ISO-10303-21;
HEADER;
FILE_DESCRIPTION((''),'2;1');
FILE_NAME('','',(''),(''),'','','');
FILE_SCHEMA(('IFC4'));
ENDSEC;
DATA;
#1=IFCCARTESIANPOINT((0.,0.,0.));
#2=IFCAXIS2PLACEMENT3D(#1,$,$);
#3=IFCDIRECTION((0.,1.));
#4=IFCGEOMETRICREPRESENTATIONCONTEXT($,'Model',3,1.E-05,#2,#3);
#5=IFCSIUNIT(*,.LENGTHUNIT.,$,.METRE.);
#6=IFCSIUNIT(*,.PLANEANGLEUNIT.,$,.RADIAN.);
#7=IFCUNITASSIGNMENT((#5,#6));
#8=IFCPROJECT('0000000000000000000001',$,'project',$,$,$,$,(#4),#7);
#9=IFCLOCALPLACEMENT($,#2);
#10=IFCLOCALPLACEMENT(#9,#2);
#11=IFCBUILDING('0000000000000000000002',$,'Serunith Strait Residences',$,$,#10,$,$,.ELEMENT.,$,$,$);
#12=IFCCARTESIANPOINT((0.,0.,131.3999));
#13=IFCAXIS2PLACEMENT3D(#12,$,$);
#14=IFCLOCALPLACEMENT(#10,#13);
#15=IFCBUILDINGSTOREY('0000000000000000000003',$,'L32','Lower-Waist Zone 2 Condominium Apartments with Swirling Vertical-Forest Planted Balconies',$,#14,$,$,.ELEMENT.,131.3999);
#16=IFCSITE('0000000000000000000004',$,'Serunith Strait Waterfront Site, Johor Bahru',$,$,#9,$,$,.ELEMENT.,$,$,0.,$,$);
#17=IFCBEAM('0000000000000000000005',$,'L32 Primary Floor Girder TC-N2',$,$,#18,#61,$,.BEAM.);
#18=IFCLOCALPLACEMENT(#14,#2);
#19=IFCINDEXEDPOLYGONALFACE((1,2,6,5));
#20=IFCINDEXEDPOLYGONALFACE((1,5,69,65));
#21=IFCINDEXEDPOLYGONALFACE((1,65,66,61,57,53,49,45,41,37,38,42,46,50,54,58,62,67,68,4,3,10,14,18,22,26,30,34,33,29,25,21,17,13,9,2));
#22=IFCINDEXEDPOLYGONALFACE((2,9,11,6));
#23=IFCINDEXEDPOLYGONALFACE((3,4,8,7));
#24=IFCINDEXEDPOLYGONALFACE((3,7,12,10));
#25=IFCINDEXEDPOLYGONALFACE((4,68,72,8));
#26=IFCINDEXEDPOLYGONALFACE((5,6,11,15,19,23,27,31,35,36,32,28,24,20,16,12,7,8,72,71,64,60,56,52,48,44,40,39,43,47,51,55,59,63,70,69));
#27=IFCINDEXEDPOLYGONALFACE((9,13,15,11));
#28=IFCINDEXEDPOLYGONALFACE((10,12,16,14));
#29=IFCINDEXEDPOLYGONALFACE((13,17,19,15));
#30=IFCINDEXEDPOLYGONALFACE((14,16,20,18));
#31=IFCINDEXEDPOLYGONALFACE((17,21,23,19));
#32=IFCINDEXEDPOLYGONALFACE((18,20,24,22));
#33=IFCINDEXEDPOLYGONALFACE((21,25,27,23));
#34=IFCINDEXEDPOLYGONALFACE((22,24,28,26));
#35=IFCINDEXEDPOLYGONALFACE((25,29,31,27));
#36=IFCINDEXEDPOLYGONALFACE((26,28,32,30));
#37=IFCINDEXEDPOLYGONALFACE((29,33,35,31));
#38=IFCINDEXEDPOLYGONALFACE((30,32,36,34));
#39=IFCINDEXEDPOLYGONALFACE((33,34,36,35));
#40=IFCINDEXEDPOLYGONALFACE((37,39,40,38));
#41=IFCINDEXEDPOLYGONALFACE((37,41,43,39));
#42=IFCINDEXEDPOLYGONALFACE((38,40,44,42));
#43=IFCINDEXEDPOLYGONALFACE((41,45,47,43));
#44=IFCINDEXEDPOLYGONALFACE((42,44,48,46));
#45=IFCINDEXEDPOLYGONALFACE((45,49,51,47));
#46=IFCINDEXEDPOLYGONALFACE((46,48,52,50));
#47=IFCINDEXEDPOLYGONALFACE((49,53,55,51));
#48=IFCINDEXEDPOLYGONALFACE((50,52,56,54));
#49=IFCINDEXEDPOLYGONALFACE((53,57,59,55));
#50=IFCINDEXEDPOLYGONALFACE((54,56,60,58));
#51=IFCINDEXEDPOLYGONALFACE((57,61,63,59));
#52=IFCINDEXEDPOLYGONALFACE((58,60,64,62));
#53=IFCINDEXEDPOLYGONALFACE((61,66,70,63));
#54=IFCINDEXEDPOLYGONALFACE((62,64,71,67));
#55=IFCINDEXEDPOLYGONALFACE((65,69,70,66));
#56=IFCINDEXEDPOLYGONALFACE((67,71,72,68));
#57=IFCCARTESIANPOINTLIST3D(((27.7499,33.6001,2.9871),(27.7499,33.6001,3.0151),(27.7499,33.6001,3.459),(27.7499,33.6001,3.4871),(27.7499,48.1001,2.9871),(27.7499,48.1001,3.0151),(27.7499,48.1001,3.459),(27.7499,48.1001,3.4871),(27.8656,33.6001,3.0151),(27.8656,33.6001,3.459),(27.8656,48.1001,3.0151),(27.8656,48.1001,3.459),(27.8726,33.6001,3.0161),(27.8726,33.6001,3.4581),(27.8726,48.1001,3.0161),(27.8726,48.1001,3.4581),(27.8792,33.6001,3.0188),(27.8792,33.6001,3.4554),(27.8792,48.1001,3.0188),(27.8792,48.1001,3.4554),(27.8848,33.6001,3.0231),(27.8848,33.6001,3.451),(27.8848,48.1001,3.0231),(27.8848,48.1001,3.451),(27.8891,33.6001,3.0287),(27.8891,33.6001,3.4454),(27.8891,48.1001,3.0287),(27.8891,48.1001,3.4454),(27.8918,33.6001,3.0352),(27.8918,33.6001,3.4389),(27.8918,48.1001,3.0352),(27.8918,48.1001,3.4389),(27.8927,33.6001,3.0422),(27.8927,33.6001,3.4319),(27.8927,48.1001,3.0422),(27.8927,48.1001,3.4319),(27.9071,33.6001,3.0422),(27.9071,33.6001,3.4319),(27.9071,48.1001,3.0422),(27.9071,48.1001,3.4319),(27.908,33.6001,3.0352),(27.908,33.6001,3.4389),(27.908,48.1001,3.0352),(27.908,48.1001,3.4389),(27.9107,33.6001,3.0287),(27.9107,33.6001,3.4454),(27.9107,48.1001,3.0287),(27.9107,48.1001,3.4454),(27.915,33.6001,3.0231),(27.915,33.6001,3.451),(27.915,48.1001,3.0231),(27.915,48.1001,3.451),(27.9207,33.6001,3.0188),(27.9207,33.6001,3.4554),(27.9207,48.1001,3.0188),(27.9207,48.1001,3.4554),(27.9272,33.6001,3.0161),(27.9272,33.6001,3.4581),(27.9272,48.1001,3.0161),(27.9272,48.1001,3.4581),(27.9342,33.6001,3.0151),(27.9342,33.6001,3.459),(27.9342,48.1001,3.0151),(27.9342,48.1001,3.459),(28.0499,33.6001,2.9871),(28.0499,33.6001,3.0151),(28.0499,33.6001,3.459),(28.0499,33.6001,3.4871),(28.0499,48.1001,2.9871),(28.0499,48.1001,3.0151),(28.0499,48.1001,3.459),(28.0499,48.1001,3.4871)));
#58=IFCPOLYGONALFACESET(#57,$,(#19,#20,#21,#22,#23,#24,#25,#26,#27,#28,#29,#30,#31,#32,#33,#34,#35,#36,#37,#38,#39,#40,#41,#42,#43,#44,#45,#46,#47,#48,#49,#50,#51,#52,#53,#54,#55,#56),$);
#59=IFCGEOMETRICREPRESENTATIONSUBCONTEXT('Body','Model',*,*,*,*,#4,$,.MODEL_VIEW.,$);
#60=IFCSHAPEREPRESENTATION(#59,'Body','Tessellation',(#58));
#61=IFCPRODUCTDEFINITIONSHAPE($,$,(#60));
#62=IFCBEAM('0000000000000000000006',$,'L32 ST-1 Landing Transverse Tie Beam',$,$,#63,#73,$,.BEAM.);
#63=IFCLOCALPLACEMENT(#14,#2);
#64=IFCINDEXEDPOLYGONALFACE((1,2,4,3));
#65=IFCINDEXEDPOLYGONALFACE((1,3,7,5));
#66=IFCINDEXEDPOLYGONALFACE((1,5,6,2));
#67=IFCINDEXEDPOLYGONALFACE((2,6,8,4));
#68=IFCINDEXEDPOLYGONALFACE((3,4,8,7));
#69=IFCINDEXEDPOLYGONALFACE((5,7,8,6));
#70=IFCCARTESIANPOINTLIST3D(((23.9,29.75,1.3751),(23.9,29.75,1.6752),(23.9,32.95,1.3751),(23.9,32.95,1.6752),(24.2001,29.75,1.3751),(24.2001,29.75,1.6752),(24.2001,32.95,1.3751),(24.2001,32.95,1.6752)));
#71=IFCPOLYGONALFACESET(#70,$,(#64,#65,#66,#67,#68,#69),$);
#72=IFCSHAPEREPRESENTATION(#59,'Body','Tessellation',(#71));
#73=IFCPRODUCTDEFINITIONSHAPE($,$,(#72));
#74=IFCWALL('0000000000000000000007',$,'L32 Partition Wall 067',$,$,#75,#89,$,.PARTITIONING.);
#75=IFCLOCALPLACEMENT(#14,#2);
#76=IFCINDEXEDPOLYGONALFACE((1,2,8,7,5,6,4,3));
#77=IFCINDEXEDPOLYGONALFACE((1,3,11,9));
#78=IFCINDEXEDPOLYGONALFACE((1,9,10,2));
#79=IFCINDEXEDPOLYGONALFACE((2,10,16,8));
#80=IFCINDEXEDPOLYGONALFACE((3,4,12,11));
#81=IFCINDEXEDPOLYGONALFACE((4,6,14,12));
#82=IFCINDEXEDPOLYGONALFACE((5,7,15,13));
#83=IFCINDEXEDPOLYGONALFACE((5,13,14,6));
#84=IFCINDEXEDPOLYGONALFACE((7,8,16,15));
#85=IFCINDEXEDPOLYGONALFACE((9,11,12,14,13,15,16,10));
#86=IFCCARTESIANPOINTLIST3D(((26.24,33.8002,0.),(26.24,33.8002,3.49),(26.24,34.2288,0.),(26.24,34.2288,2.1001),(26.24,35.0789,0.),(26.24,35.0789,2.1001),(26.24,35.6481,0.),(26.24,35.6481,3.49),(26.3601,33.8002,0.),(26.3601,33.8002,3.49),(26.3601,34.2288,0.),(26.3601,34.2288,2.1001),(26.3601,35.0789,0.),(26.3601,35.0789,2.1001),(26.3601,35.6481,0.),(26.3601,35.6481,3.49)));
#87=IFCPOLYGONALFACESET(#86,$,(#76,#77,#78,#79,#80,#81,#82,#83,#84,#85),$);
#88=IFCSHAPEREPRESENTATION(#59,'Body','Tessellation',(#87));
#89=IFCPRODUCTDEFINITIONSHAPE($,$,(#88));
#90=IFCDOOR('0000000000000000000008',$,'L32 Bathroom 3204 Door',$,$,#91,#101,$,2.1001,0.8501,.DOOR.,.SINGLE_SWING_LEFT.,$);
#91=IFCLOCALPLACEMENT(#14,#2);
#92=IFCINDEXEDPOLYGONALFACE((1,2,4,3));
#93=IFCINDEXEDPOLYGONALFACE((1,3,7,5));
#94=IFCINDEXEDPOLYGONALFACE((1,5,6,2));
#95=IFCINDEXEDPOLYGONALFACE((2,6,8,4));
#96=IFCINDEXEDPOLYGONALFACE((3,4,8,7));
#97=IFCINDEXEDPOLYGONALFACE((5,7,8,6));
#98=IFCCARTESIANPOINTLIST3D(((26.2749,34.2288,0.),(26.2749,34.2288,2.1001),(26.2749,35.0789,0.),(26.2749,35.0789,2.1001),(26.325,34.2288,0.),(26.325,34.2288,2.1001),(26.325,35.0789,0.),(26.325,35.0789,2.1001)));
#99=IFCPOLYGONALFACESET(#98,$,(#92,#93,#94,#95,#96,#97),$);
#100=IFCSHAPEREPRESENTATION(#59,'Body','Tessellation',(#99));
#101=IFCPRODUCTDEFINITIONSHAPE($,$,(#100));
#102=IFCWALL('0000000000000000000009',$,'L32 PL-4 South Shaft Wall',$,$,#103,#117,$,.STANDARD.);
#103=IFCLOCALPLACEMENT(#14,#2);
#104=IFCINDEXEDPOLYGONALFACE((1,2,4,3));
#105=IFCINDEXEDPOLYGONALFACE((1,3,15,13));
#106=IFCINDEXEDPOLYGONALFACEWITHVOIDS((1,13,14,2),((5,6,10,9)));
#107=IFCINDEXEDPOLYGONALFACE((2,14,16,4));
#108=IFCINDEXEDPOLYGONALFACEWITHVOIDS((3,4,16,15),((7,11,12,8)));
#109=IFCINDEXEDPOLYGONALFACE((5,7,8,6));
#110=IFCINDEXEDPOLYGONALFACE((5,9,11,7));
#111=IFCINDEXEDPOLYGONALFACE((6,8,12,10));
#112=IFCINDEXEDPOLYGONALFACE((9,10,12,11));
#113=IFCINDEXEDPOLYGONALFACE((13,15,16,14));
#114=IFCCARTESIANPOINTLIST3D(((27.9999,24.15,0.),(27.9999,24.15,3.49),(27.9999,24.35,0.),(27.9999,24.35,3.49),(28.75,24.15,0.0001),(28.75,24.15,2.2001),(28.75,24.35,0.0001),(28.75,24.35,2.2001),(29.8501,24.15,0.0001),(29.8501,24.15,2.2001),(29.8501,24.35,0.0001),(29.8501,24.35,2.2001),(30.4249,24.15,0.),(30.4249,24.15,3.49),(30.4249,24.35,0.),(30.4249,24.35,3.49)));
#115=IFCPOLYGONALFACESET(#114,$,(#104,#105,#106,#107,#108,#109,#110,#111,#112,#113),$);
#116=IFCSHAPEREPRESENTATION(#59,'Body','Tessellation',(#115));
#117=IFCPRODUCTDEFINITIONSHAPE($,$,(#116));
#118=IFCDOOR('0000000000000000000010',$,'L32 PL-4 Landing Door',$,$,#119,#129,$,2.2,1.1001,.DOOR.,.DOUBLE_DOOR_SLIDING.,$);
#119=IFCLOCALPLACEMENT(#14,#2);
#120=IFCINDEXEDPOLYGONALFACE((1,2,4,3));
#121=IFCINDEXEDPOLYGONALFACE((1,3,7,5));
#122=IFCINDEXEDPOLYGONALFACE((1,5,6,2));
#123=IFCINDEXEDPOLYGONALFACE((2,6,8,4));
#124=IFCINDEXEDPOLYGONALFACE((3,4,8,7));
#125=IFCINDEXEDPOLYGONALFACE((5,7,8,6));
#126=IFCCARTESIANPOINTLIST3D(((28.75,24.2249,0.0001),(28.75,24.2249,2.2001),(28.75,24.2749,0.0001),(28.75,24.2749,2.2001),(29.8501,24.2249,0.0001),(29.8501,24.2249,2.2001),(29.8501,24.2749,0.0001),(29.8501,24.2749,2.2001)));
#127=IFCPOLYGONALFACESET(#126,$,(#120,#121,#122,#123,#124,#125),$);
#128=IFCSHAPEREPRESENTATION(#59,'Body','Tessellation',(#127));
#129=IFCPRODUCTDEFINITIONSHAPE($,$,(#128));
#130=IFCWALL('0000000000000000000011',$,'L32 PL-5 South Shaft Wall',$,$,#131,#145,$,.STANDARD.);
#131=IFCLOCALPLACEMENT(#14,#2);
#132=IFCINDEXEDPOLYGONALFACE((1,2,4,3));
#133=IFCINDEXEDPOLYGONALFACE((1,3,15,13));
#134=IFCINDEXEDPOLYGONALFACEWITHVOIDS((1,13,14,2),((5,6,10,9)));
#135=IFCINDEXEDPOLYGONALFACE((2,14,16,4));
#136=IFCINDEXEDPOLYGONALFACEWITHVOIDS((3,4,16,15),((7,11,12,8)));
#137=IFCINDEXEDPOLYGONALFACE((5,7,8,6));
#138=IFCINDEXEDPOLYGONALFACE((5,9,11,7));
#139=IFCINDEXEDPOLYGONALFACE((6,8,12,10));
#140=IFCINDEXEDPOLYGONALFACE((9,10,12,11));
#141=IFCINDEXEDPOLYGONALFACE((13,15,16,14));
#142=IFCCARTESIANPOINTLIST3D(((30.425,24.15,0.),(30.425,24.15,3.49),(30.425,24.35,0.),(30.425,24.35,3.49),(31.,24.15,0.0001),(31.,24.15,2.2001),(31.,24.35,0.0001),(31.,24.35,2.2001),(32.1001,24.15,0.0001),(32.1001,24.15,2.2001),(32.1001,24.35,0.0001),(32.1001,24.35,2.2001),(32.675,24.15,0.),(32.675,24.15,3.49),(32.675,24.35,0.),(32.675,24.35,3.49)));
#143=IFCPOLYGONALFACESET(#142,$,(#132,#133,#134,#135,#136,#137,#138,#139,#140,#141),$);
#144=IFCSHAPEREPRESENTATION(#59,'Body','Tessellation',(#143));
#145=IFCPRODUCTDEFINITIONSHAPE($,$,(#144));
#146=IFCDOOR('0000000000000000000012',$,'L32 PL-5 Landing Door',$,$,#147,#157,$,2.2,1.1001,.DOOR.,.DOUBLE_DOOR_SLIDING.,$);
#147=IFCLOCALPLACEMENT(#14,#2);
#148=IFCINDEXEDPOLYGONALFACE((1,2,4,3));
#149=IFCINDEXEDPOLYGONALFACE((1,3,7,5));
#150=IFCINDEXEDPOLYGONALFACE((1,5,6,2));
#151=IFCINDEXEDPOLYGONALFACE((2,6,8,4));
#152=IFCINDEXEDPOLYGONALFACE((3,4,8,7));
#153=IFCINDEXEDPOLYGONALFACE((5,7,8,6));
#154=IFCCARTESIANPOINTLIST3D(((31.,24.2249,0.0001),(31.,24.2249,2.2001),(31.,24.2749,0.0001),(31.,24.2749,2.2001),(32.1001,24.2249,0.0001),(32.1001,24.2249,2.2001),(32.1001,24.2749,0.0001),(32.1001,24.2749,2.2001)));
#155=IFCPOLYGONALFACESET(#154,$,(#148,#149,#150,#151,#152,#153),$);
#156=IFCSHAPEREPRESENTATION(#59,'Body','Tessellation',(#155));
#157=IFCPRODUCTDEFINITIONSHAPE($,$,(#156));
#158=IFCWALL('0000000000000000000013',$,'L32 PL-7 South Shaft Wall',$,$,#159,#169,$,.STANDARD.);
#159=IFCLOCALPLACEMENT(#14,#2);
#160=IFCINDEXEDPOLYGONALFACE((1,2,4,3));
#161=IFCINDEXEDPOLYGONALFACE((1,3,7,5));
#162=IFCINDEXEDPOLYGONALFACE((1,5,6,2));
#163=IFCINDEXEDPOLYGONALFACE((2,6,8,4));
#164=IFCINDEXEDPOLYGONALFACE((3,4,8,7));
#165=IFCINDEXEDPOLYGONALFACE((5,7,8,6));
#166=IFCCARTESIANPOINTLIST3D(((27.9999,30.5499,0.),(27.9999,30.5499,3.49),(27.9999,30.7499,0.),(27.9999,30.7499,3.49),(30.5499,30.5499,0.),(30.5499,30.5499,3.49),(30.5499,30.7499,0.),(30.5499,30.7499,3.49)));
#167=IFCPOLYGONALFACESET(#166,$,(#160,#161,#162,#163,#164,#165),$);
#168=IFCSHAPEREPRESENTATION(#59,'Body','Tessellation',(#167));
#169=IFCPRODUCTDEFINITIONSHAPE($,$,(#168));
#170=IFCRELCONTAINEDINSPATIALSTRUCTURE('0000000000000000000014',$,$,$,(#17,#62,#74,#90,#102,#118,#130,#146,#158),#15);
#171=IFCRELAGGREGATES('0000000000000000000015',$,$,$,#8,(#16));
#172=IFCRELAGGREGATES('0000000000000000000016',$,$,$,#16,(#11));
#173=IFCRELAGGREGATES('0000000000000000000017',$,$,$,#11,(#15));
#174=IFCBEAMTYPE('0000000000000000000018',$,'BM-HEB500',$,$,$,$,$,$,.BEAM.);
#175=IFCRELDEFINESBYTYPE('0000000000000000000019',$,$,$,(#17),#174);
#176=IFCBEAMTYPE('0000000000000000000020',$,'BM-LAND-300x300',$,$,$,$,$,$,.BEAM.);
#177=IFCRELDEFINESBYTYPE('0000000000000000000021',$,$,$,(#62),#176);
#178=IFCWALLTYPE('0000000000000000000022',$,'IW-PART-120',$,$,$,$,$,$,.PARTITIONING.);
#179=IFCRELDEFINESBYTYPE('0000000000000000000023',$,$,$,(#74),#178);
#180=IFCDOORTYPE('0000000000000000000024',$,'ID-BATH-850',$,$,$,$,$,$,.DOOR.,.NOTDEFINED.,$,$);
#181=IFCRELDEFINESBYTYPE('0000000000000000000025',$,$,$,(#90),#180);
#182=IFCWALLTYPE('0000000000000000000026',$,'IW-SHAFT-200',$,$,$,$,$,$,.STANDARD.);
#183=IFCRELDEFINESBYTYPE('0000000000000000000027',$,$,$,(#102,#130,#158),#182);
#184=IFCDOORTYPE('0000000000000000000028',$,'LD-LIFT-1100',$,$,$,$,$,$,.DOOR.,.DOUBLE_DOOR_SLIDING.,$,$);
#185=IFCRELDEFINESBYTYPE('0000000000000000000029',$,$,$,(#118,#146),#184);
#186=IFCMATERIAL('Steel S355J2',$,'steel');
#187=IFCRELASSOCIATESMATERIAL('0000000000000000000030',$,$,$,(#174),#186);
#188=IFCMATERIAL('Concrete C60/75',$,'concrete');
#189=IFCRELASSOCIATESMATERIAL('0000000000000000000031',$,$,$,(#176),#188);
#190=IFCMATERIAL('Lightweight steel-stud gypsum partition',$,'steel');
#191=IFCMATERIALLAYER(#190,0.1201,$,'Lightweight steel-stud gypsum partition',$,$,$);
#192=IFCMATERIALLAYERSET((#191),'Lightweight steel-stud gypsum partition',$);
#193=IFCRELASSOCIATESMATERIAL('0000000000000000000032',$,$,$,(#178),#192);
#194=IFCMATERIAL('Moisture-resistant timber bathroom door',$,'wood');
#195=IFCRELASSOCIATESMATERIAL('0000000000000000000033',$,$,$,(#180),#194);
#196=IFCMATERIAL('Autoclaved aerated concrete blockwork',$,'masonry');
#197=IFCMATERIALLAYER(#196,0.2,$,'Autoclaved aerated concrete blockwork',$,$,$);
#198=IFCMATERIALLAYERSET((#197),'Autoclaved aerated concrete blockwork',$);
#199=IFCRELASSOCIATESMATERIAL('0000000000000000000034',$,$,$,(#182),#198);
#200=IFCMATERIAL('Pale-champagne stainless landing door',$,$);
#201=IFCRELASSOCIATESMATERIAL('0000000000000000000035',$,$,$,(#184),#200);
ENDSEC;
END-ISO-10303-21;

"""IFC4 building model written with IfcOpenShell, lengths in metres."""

from ifc_helpers import new_model, si_unit, direction, frame, frame_2d, origin, origin_2d, place, context, subcontext, project, spatial, rectangle, i_section, extrude, source, transform, mapped, material, layer, layer_set, material_profile, profile_set, type_object, element, fill, save


model = new_model("IFC4")

# Units and contexts
model_context = context("Model", 3, precision=1e-05, world=origin(), true_north=direction((0.0, 1.0)))
body_context = subcontext(model_context, "Body", "Model", "MODEL_VIEW")
ifc_project = project(units=[si_unit("LENGTHUNIT", "METRE"), si_unit("PLANEANGLEUNIT", "RADIAN")], contexts=[model_context])

# Site, building, storey
site_placement = place(None, origin())
site = spatial("IfcSite", under=ifc_project, at=site_placement, Name="Serunith Strait Waterfront Site, Johor Bahru", CompositionType="ELEMENT", RefElevation=0.0)
building_placement = place(site_placement, origin())
building = spatial("IfcBuilding", under=site, at=building_placement, Name="Serunith Strait Residences", CompositionType="ELEMENT")
storey_placement = place(building_placement, frame((0.0, 0.0, 131.3999)))
storey = spatial("IfcBuildingStorey", under=building, at=storey_placement, Name="L32", Description="Lower-Waist Zone 2 Condominium Apartments with Swirling Vertical-Forest Planted Balconies", CompositionType="ELEMENT", Elevation=131.3999)

# Beams
ifc_material_1 = material(Name="Steel S355J2", Category="steel")
ifc_material_profile_1 = material_profile(ifc_material_1, i_section(OverallWidth=0.3, OverallDepth=0.5, WebThickness=0.0144, FlangeThickness=0.0281, FilletRadius=0.0271, at=origin_2d()), Name="HEB 500")
ifc_profile_set_1 = profile_set([ifc_material_profile_1], Name="Steel S355J2")
beam_type_1 = type_object("IfcBeamType", Name="BM-HEB500", PredefinedType="BEAM", material=ifc_profile_set_1)
shared_shape_1 = source(origin(), body_context, "Body", "SweptSolid", [
    extrude(i_section(OverallWidth=0.3, OverallDepth=0.5, WebThickness=0.0144, FlangeThickness=0.0281, FilletRadius=0.0271, at=origin_2d()), origin(), (0.0, 0.0, 1.0), 14.5),
])
beam_1_placement = place(storey_placement, frame((27.8999, 33.6001, 3.2371), z_axis=(0.0, 1.0, 0.0), x_axis=(-1.0, 0.0, 0.0)))
element("IfcBeam", 1, at=beam_1_placement, inside=storey, type_object=beam_type_1, Name="L32 Primary Floor Girder TC-N2", PredefinedType="BEAM", context=body_context, shape_type="MappedRepresentation", body=[
    mapped(shared_shape_1, transform((0.0, 0.0, 0.0), scale=1.0)),
])
ifc_material_2 = material(Name="Concrete C60/75", Category="concrete")
ifc_material_profile_2 = material_profile(ifc_material_2, rectangle(XDim=0.3, YDim=0.3, at=origin_2d()), Name="RC 300x300")
ifc_profile_set_2 = profile_set([ifc_material_profile_2], Name="Concrete C60/75")
beam_type_2 = type_object("IfcBeamType", Name="BM-LAND-300x300", PredefinedType="BEAM", material=ifc_profile_set_2)
shared_shape_2 = source(origin(), body_context, "Body", "SweptSolid", [
    extrude(rectangle(XDim=0.3, YDim=0.3, at=origin_2d()), origin(), (0.0, 0.0, 1.0), 3.2),
])
beam_2_placement = place(storey_placement, frame((24.05, 29.75, 1.5251), z_axis=(0.0, 1.0, 0.0), x_axis=(-1.0, 0.0, 0.0)))
element("IfcBeam", 2, at=beam_2_placement, inside=storey, type_object=beam_type_2, Name="L32 ST-1 Landing Transverse Tie Beam", PredefinedType="BEAM", context=body_context, shape_type="MappedRepresentation", body=[
    mapped(shared_shape_2, transform((0.0, 0.0, 0.0), scale=1.0)),
])

# Walls, openings, doors
ifc_material_3 = material(Name="Lightweight steel-stud gypsum partition", Category="steel")
ifc_layer_1 = layer(ifc_material_3, 0.1201, Name="Lightweight steel-stud gypsum partition")
ifc_layer_set_1 = layer_set([ifc_layer_1], Name="Lightweight steel-stud gypsum partition")
wall_type_1 = type_object("IfcWallType", Name="IW-PART-120", PredefinedType="PARTITIONING", material=ifc_layer_set_1)
wall_1_placement = place(storey_placement, frame((26.3, 35.6479, 0.0), z_axis=(0.0, 0.0, 1.0), x_axis=(0.0, -1.0, 0.0)))
wall_1 = element("IfcWall", 3, at=wall_1_placement, inside=storey, type_object=wall_type_1, Name="L32 Partition Wall 067", PredefinedType="PARTITIONING", context=body_context, shape_type="SweptSolid", body=[
    extrude(rectangle(XDim=1.8479, YDim=0.1201, at=frame_2d((0.9238, 0.0))), origin(), (0.0, 0.0, 1.0), 3.49),
])
opening_1_placement = place(wall_1_placement, frame((0.5691, 0.0, 0.0)))
opening_1 = element("IfcOpeningElement", 4, at=opening_1_placement, cuts=wall_1, PredefinedType="OPENING", context=body_context, shape_type="SweptSolid", body=[
    extrude(rectangle(XDim=0.8501, YDim=2.1001, at=frame_2d((0.425, 1.05))), frame((0.0, 0.0701, 0.0), z_axis=(0.0, -1.0, 0.0), x_axis=(1.0, 0.0, 0.0)), (0.0, 0.0, 1.0), 0.1401),
])
ifc_material_4 = material(Name="Moisture-resistant timber bathroom door", Category="wood")
door_type_1 = type_object("IfcDoorType", Name="ID-BATH-850", OperationType="NOTDEFINED", PredefinedType="DOOR", material=ifc_material_4)
shared_shape_3 = source(origin(), body_context, "Body", "SweptSolid", [
    extrude(rectangle(XDim=0.8501, YDim=2.1001, at=frame_2d((0.425, 1.05))), frame((0.0, 0.0249, 0.0), z_axis=(0.0, -1.0, 0.0), x_axis=(1.0, 0.0, 0.0)), (0.0, 0.0, 1.0), 0.05),
])
door_1_placement = place(opening_1_placement, origin())
door_1 = element("IfcDoor", 5, at=door_1_placement, inside=storey, type_object=door_type_1, Name="L32 Bathroom 3204 Door", OperationType="SINGLE_SWING_LEFT", OverallHeight=2.1001, OverallWidth=0.8501, PredefinedType="DOOR", context=body_context, shape_type="MappedRepresentation", body=[
    mapped(shared_shape_3, transform((0.0, 0.0, 0.0), scale=1.0)),
])
fill(opening_1, door_1)
ifc_material_5 = material(Name="Autoclaved aerated concrete blockwork", Category="masonry")
ifc_layer_2 = layer(ifc_material_5, 0.2, Name="Autoclaved aerated concrete blockwork")
ifc_layer_set_2 = layer_set([ifc_layer_2], Name="Autoclaved aerated concrete blockwork")
wall_type_2 = type_object("IfcWallType", Name="IW-SHAFT-200", PredefinedType="STANDARD", material=ifc_layer_set_2)
wall_2_placement = place(storey_placement, frame((28.0, 24.25, 0.0), z_axis=(0.0, 0.0, 1.0), x_axis=(1.0, 0.0, 0.0)))
wall_2 = element("IfcWall", 6, at=wall_2_placement, inside=storey, type_object=wall_type_2, Name="L32 PL-4 South Shaft Wall", PredefinedType="STANDARD", context=body_context, shape_type="SweptSolid", body=[
    extrude(rectangle(XDim=2.425, YDim=0.2, at=frame_2d((1.2124, 0.0))), origin(), (0.0, 0.0, 1.0), 3.49),
])
opening_2_placement = place(wall_2_placement, frame((0.75, 0.0, 0.0)))
opening_2 = element("IfcOpeningElement", 7, at=opening_2_placement, cuts=wall_2, PredefinedType="OPENING", context=body_context, shape_type="SweptSolid", body=[
    extrude(rectangle(XDim=1.1001, YDim=2.2, at=frame_2d((0.55, 1.1001))), frame((0.0, 0.1099, 0.0), z_axis=(0.0, -1.0, 0.0), x_axis=(1.0, 0.0, 0.0)), (0.0, 0.0, 1.0), 0.22),
])
ifc_material_6 = material(Name="Pale-champagne stainless landing door")
door_type_2 = type_object("IfcDoorType", Name="LD-LIFT-1100", OperationType="DOUBLE_DOOR_SLIDING", PredefinedType="DOOR", material=ifc_material_6)
shared_shape_4 = source(origin(), body_context, "Body", "SweptSolid", [
    extrude(rectangle(XDim=1.1001, YDim=2.2, at=frame_2d((0.55, 1.1001))), frame((0.0, 0.0249, 0.0), z_axis=(0.0, -1.0, 0.0), x_axis=(1.0, 0.0, 0.0)), (0.0, 0.0, 1.0), 0.05),
])
door_2_placement = place(opening_2_placement, origin())
door_2 = element("IfcDoor", 8, at=door_2_placement, inside=storey, type_object=door_type_2, Name="L32 PL-4 Landing Door", OperationType="DOUBLE_DOOR_SLIDING", OverallHeight=2.2, OverallWidth=1.1001, PredefinedType="DOOR", context=body_context, shape_type="MappedRepresentation", body=[
    mapped(shared_shape_4, transform((0.0, 0.0, 0.0), scale=1.0)),
])
fill(opening_2, door_2)
wall_3_placement = place(storey_placement, frame((30.425, 24.25, 0.0), z_axis=(0.0, 0.0, 1.0), x_axis=(1.0, 0.0, 0.0)))
wall_3 = element("IfcWall", 9, at=wall_3_placement, inside=storey, type_object=wall_type_2, Name="L32 PL-5 South Shaft Wall", PredefinedType="STANDARD", context=body_context, shape_type="SweptSolid", body=[
    extrude(rectangle(XDim=2.25, YDim=0.2, at=frame_2d((1.125, 0.0))), origin(), (0.0, 0.0, 1.0), 3.49),
])
opening_3_placement = place(wall_3_placement, frame((0.575, 0.0, 0.0)))
opening_3 = element("IfcOpeningElement", 10, at=opening_3_placement, cuts=wall_3, PredefinedType="OPENING", context=body_context, shape_type="SweptSolid", body=[
    extrude(rectangle(XDim=1.1001, YDim=2.2, at=frame_2d((0.55, 1.1001))), frame((0.0, 0.1099, 0.0), z_axis=(0.0, -1.0, 0.0), x_axis=(1.0, 0.0, 0.0)), (0.0, 0.0, 1.0), 0.22),
])
door_3_placement = place(opening_3_placement, origin())
door_3 = element("IfcDoor", 11, at=door_3_placement, inside=storey, type_object=door_type_2, Name="L32 PL-5 Landing Door", OperationType="DOUBLE_DOOR_SLIDING", OverallHeight=2.2, OverallWidth=1.1001, PredefinedType="DOOR", context=body_context, shape_type="MappedRepresentation", body=[
    mapped(shared_shape_4, transform((0.0, 0.0, 0.0), scale=1.0)),
])
fill(opening_3, door_3)

# Wall
wall_4_placement = place(storey_placement, frame((28.0, 30.6499, 0.0), z_axis=(0.0, 0.0, 1.0), x_axis=(1.0, 0.0, 0.0)))
element("IfcWall", 12, at=wall_4_placement, inside=storey, type_object=wall_type_2, Name="L32 PL-7 South Shaft Wall", PredefinedType="STANDARD", context=body_context, shape_type="SweptSolid", body=[
    extrude(rectangle(XDim=2.55, YDim=0.2, at=frame_2d((1.2749, 0.0))), origin(), (0.0, 0.0, 1.0), 3.49),
])

save(model, "model.ifc")
